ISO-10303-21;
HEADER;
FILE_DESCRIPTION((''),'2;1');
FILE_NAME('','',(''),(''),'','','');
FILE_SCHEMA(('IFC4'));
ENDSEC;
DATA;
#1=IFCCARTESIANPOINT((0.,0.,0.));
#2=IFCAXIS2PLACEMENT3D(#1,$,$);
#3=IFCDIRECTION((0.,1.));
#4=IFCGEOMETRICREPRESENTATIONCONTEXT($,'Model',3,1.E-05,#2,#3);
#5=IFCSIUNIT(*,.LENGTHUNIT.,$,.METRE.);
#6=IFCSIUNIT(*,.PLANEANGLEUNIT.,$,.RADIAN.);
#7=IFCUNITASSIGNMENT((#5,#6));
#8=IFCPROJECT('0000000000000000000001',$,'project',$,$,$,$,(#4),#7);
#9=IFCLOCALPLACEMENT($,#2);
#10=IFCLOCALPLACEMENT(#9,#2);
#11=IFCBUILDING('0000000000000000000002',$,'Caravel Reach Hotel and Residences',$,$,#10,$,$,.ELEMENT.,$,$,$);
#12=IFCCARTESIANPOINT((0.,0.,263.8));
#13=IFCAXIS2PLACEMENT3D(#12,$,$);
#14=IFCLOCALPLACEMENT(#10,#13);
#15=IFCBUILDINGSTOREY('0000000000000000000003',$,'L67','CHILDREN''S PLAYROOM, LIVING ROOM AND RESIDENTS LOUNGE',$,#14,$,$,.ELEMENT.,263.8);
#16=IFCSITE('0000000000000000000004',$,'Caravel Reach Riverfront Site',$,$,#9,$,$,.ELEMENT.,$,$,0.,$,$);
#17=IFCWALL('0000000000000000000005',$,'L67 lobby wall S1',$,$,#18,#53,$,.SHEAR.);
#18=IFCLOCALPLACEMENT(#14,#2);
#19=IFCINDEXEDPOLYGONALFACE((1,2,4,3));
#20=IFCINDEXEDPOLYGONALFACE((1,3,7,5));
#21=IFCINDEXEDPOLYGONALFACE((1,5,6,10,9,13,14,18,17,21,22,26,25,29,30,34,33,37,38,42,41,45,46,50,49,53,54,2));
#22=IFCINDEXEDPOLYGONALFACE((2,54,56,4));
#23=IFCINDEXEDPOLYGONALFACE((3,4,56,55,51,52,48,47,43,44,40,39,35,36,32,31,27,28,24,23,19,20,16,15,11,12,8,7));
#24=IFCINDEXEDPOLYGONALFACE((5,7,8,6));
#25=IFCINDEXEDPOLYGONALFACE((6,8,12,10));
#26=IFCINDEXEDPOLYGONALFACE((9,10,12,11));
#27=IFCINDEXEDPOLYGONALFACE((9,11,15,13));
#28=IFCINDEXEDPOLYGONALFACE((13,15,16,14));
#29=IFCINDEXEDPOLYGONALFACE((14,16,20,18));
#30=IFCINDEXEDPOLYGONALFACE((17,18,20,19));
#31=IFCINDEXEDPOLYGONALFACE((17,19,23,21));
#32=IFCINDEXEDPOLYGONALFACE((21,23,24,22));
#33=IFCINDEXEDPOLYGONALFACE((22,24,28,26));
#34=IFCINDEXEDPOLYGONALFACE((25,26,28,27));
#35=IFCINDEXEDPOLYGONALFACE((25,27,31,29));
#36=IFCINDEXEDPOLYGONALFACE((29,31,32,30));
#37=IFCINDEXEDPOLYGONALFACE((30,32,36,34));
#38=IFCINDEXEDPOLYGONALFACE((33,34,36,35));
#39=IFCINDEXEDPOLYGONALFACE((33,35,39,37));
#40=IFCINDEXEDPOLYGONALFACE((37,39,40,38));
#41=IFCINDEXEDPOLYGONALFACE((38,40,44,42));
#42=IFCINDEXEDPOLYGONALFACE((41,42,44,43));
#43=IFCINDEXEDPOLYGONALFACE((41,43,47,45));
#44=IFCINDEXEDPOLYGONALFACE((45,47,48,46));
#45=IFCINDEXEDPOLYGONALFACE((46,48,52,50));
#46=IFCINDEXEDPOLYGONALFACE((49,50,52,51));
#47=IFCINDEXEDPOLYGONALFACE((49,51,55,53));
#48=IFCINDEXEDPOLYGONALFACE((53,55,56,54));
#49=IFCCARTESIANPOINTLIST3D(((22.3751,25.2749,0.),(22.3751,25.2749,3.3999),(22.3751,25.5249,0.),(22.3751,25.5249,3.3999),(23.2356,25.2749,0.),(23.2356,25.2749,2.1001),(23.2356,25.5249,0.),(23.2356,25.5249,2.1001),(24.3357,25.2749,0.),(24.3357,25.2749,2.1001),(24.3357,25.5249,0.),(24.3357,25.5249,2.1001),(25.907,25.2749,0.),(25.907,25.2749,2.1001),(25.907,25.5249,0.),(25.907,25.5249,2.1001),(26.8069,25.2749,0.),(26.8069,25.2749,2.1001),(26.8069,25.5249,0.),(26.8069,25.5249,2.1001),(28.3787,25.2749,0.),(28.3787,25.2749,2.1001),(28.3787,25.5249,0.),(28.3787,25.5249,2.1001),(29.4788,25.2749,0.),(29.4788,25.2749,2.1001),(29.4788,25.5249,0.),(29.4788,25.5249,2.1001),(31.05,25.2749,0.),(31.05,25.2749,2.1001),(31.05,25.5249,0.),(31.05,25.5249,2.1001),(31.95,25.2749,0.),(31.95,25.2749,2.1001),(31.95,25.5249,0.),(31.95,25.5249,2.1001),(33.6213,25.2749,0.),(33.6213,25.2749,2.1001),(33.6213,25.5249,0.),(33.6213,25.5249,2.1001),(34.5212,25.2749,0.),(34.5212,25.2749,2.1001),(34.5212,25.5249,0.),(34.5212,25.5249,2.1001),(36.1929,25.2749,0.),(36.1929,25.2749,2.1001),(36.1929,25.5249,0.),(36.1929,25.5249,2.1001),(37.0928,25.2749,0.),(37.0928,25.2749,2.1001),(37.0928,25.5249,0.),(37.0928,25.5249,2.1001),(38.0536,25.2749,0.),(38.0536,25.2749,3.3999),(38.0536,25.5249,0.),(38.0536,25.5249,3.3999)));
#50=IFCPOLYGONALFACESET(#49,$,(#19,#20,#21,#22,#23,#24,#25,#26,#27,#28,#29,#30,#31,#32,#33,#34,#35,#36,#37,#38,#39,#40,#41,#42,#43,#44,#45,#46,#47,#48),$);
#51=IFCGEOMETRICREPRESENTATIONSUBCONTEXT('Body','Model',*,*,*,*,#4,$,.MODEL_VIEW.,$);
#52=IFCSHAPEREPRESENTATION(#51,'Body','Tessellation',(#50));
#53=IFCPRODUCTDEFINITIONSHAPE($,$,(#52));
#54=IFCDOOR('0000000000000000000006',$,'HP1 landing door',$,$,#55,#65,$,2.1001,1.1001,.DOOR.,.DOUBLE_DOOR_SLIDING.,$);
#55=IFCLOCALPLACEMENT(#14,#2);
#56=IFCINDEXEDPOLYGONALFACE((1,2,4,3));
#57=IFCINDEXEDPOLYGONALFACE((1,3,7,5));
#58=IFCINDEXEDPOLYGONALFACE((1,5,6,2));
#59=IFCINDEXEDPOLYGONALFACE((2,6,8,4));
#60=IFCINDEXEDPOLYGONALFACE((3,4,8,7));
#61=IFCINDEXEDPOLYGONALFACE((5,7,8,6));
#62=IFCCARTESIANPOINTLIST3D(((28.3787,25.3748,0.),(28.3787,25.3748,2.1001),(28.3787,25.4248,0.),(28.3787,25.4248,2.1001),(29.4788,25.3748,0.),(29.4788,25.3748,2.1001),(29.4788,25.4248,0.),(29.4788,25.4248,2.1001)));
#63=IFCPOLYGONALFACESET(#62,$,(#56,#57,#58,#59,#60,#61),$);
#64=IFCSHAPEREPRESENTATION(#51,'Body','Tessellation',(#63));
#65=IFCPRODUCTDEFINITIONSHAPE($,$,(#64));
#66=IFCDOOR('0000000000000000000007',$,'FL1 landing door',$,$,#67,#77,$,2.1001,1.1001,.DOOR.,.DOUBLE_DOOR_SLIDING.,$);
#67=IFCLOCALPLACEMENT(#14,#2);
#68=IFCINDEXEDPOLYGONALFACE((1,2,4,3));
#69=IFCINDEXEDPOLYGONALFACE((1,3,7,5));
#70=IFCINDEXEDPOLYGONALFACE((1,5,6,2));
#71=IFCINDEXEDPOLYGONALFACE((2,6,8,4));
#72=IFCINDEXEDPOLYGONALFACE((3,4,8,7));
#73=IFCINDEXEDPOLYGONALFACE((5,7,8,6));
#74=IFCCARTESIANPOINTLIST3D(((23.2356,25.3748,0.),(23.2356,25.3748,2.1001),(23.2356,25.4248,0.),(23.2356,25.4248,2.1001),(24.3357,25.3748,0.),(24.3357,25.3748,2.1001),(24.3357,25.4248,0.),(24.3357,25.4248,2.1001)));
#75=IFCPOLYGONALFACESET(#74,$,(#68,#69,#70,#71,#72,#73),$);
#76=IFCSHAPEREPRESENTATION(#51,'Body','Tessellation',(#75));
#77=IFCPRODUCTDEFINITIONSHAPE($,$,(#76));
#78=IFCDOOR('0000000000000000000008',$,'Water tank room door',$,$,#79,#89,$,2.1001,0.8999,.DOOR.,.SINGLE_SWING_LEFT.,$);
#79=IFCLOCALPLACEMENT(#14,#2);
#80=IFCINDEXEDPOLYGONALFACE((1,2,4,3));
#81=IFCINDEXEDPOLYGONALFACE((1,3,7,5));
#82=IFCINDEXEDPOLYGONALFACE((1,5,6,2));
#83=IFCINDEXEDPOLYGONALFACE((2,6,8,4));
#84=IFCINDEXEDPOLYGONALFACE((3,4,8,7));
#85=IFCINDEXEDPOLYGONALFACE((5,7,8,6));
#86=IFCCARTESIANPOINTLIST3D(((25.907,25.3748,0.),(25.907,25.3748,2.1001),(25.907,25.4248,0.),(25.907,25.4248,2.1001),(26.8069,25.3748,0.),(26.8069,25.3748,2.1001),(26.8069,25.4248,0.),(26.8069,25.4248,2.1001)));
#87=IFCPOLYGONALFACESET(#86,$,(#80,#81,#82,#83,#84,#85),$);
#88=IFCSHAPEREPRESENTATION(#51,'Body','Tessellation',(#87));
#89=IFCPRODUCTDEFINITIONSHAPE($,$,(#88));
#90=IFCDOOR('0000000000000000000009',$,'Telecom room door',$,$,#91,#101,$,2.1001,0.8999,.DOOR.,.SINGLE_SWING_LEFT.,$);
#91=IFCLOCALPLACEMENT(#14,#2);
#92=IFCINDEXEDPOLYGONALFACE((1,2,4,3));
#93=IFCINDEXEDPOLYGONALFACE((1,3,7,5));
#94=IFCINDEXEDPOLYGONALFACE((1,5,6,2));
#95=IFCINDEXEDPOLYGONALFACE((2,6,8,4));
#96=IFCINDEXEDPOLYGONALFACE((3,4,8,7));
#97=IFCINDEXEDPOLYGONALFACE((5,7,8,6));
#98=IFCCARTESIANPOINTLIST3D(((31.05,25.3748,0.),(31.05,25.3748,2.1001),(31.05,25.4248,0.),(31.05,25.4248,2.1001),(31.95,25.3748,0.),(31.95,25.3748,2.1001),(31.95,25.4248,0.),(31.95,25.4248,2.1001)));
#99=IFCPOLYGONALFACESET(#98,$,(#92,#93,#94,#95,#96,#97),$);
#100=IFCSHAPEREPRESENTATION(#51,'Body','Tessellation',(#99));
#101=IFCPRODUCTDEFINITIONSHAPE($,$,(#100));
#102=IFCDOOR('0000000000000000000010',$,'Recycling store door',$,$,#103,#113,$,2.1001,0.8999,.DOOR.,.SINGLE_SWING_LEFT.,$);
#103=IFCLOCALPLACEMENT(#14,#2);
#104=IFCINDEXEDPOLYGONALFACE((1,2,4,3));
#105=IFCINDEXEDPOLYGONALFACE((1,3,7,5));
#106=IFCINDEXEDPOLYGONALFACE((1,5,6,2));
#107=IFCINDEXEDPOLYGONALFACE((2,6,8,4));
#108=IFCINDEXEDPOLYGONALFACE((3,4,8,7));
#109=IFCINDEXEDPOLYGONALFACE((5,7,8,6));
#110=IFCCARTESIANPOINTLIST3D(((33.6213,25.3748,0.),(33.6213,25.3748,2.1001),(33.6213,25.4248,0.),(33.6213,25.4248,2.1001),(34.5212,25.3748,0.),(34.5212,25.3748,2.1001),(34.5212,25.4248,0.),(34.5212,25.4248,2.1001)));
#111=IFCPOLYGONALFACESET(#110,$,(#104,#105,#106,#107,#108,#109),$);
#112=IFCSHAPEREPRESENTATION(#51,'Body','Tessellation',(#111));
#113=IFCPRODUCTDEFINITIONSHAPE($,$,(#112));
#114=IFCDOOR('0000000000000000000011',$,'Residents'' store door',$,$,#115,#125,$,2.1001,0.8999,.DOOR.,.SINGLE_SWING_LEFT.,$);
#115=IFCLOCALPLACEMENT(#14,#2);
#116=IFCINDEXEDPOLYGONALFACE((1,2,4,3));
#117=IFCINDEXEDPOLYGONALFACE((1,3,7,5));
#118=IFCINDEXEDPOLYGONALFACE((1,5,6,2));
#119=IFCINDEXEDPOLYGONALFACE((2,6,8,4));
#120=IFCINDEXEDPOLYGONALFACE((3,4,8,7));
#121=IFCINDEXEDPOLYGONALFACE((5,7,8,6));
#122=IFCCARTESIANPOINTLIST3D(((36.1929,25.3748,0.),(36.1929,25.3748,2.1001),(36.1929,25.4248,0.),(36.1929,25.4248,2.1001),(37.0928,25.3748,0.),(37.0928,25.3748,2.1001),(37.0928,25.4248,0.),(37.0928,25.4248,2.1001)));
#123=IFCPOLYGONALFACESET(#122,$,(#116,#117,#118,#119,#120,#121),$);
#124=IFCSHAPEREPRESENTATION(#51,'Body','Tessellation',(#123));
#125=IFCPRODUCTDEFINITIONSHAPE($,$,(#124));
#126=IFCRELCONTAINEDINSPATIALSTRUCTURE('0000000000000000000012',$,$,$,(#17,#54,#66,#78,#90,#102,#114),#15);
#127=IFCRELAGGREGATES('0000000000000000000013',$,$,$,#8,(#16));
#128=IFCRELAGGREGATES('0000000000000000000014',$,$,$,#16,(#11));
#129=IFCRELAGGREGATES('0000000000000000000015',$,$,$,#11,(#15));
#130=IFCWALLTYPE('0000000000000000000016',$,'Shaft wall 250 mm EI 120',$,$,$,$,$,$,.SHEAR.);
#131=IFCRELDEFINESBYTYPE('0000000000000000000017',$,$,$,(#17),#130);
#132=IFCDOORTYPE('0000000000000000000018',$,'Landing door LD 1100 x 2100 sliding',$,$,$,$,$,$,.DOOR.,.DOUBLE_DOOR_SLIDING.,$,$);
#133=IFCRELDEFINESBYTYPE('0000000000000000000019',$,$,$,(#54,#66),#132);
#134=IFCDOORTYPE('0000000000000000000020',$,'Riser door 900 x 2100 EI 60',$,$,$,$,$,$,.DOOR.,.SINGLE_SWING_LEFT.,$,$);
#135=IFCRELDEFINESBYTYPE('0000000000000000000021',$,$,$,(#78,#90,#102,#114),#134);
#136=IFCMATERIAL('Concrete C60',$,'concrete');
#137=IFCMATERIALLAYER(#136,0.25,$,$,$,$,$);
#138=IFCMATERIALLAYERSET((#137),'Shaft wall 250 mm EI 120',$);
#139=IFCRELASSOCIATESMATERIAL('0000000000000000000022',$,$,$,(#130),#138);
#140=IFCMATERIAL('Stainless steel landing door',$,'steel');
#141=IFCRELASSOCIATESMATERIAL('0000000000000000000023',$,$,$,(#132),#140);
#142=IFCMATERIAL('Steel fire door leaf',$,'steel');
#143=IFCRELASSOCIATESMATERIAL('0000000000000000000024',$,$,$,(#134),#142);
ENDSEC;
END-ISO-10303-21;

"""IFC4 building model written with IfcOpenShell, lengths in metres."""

from ifc_helpers import new_model, si_unit, direction, frame, frame_2d, origin, place, context, subcontext, project, spatial, rectangle, extrude, material, layer, layer_set, type_object, element, fill, save


model = new_model("IFC4")

# Units and contexts
model_context = context("Model", 3, precision=1e-05, world=origin(), true_north=direction((0.0, 1.0)))
body_context = subcontext(model_context, "Body", "Model", "MODEL_VIEW")
ifc_project = project(units=[si_unit("LENGTHUNIT", "METRE"), si_unit("PLANEANGLEUNIT", "RADIAN")], contexts=[model_context])

# Site, building, storey
site_placement = place(None, origin())
site = spatial("IfcSite", under=ifc_project, at=site_placement, Name="Caravel Reach Riverfront Site", CompositionType="ELEMENT", RefElevation=0.0)
building_placement = place(site_placement, origin())
building = spatial("IfcBuilding", under=site, at=building_placement, Name="Caravel Reach Hotel and Residences", CompositionType="ELEMENT")
storey_placement = place(building_placement, frame((0.0, 0.0, 263.8)))
storey = spatial("IfcBuildingStorey", under=building, at=storey_placement, Name="L67", Description="CHILDREN'S PLAYROOM, LIVING ROOM AND RESIDENTS LOUNGE", CompositionType="ELEMENT", Elevation=263.8)

# Wall, openings, doors
ifc_material_1 = material(Name="Concrete C60", Category="concrete")
ifc_layer_1 = layer(ifc_material_1, 0.25)
ifc_layer_set_1 = layer_set([ifc_layer_1], Name="Shaft wall 250 mm EI 120")
wall_type_1 = type_object("IfcWallType", Name="Shaft wall 250 mm EI 120", PredefinedType="SHEAR", material=ifc_layer_set_1)
wall_1_placement = place(storey_placement, frame((22.375, 25.3999, 0.0), z_axis=(0.0, 0.0, 1.0), x_axis=(1.0, 0.0, 0.0)))
wall_1 = element("IfcWall", 1, at=wall_1_placement, inside=storey, type_object=wall_type_1, Name="L67 lobby wall S1", PredefinedType="SHEAR", context=body_context, shape_type="SweptSolid", body=[
    extrude(rectangle(XDim=15.6785, YDim=0.25, at=frame_2d((7.8394, 0.0))), origin(), (0.0, 0.0, 1.0), 3.3999),
])
opening_1_placement = place(wall_1_placement, frame((6.0037, 0.0, 0.0)))
opening_1 = element("IfcOpeningElement", 2, at=opening_1_placement, cuts=wall_1, PredefinedType="OPENING", context=body_context, shape_type="SweptSolid", body=[
    extrude(rectangle(XDim=1.1001, YDim=2.1001, at=frame_2d((0.55, 1.05))), frame((0.0, 0.135, 0.0), z_axis=(0.0, -1.0, 0.0), x_axis=(1.0, 0.0, 0.0)), (0.0, 0.0, 1.0), 0.27),
])
opening_2_placement = place(wall_1_placement, frame((0.8606, 0.0, 0.0)))
opening_2 = element("IfcOpeningElement", 3, at=opening_2_placement, cuts=wall_1, PredefinedType="OPENING", context=body_context, shape_type="SweptSolid", body=[
    extrude(rectangle(XDim=1.1001, YDim=2.1001, at=frame_2d((0.55, 1.05))), frame((0.0, 0.135, 0.0), z_axis=(0.0, -1.0, 0.0), x_axis=(1.0, 0.0, 0.0)), (0.0, 0.0, 1.0), 0.27),
])
opening_3_placement = place(wall_1_placement, frame((3.532, 0.0, 0.0)))
opening_3 = element("IfcOpeningElement", 4, at=opening_3_placement, cuts=wall_1, PredefinedType="OPENING", context=body_context, shape_type="SweptSolid", body=[
    extrude(rectangle(XDim=0.8999, YDim=2.1001, at=frame_2d((0.45, 1.05))), frame((0.0, 0.135, 0.0), z_axis=(0.0, -1.0, 0.0), x_axis=(1.0, 0.0, 0.0)), (0.0, 0.0, 1.0), 0.27),
])
opening_4_placement = place(wall_1_placement, frame((8.675, 0.0, 0.0)))
opening_4 = element("IfcOpeningElement", 5, at=opening_4_placement, cuts=wall_1, PredefinedType="OPENING", context=body_context, shape_type="SweptSolid", body=[
    extrude(rectangle(XDim=0.8999, YDim=2.1001, at=frame_2d((0.45, 1.05))), frame((0.0, 0.135, 0.0), z_axis=(0.0, -1.0, 0.0), x_axis=(1.0, 0.0, 0.0)), (0.0, 0.0, 1.0), 0.27),
])
opening_5_placement = place(wall_1_placement, frame((11.2463, 0.0, 0.0)))
opening_5 = element("IfcOpeningElement", 6, at=opening_5_placement, cuts=wall_1, PredefinedType="OPENING", context=body_context, shape_type="SweptSolid", body=[
    extrude(rectangle(XDim=0.8999, YDim=2.1001, at=frame_2d((0.45, 1.05))), frame((0.0, 0.135, 0.0), z_axis=(0.0, -1.0, 0.0), x_axis=(1.0, 0.0, 0.0)), (0.0, 0.0, 1.0), 0.27),
])
opening_6_placement = place(wall_1_placement, frame((13.8179, 0.0, 0.0)))
opening_6 = element("IfcOpeningElement", 7, at=opening_6_placement, cuts=wall_1, PredefinedType="OPENING", context=body_context, shape_type="SweptSolid", body=[
    extrude(rectangle(XDim=0.8999, YDim=2.1001, at=frame_2d((0.45, 1.05))), frame((0.0, 0.135, 0.0), z_axis=(0.0, -1.0, 0.0), x_axis=(1.0, 0.0, 0.0)), (0.0, 0.0, 1.0), 0.27),
])
ifc_material_2 = material(Name="Stainless steel landing door", Category="steel")
door_type_1 = type_object("IfcDoorType", Name="Landing door LD 1100 x 2100 sliding", OperationType="DOUBLE_DOOR_SLIDING", PredefinedType="DOOR", material=ifc_material_2)
door_1_placement = place(opening_1_placement, origin())
door_1 = element("IfcDoor", 8, at=door_1_placement, inside=storey, type_object=door_type_1, Name="HP1 landing door", OperationType="DOUBLE_DOOR_SLIDING", OverallHeight=2.1001, OverallWidth=1.1001, PredefinedType="DOOR", context=body_context, shape_type="SweptSolid", body=[
    extrude(rectangle(XDim=1.1001, YDim=2.1001, at=frame_2d((0.55, 1.05))), frame((0.0, 0.0249, 0.0), z_axis=(0.0, -1.0, 0.0), x_axis=(1.0, 0.0, 0.0)), (0.0, 0.0, 1.0), 0.05),
])
fill(opening_1, door_1)
door_2_placement = place(opening_2_placement, origin())
door_2 = element("IfcDoor", 9, at=door_2_placement, inside=storey, type_object=door_type_1, Name="FL1 landing door", OperationType="DOUBLE_DOOR_SLIDING", OverallHeight=2.1001, OverallWidth=1.1001, PredefinedType="DOOR", context=body_context, shape_type="SweptSolid", body=[
    extrude(rectangle(XDim=1.1001, YDim=2.1001, at=frame_2d((0.55, 1.05))), frame((0.0, 0.0249, 0.0), z_axis=(0.0, -1.0, 0.0), x_axis=(1.0, 0.0, 0.0)), (0.0, 0.0, 1.0), 0.05),
])
fill(opening_2, door_2)
ifc_material_3 = material(Name="Steel fire door leaf", Category="steel")
door_type_2 = type_object("IfcDoorType", Name="Riser door 900 x 2100 EI 60", OperationType="SINGLE_SWING_LEFT", PredefinedType="DOOR", material=ifc_material_3)
door_3_placement = place(opening_3_placement, origin())
door_3 = element("IfcDoor", 10, at=door_3_placement, inside=storey, type_object=door_type_2, Name="Water tank room door", OperationType="SINGLE_SWING_LEFT", OverallHeight=2.1001, OverallWidth=0.8999, PredefinedType="DOOR", context=body_context, shape_type="SweptSolid", body=[
    extrude(rectangle(XDim=0.8999, YDim=2.1001, at=frame_2d((0.45, 1.05))), frame((0.0, 0.0249, 0.0), z_axis=(0.0, -1.0, 0.0), x_axis=(1.0, 0.0, 0.0)), (0.0, 0.0, 1.0), 0.05),
])
fill(opening_3, door_3)
door_4_placement = place(opening_4_placement, origin())
door_4 = element("IfcDoor", 11, at=door_4_placement, inside=storey, type_object=door_type_2, Name="Telecom room door", OperationType="SINGLE_SWING_LEFT", OverallHeight=2.1001, OverallWidth=0.8999, PredefinedType="DOOR", context=body_context, shape_type="SweptSolid", body=[
    extrude(rectangle(XDim=0.8999, YDim=2.1001, at=frame_2d((0.45, 1.05))), frame((0.0, 0.0249, 0.0), z_axis=(0.0, -1.0, 0.0), x_axis=(1.0, 0.0, 0.0)), (0.0, 0.0, 1.0), 0.05),
])
fill(opening_4, door_4)
door_5_placement = place(opening_5_placement, origin())
door_5 = element("IfcDoor", 12, at=door_5_placement, inside=storey, type_object=door_type_2, Name="Recycling store door", OperationType="SINGLE_SWING_LEFT", OverallHeight=2.1001, OverallWidth=0.8999, PredefinedType="DOOR", context=body_context, shape_type="SweptSolid", body=[
    extrude(rectangle(XDim=0.8999, YDim=2.1001, at=frame_2d((0.45, 1.05))), frame((0.0, 0.0249, 0.0), z_axis=(0.0, -1.0, 0.0), x_axis=(1.0, 0.0, 0.0)), (0.0, 0.0, 1.0), 0.05),
])
fill(opening_5, door_5)
door_6_placement = place(opening_6_placement, origin())
door_6 = element("IfcDoor", 13, at=door_6_placement, inside=storey, type_object=door_type_2, Name="Residents' store door", OperationType="SINGLE_SWING_LEFT", OverallHeight=2.1001, OverallWidth=0.8999, PredefinedType="DOOR", context=body_context, shape_type="SweptSolid", body=[
    extrude(rectangle(XDim=0.8999, YDim=2.1001, at=frame_2d((0.45, 1.05))), frame((0.0, 0.0249, 0.0), z_axis=(0.0, -1.0, 0.0), x_axis=(1.0, 0.0, 0.0)), (0.0, 0.0, 1.0), 0.05),
])
fill(opening_6, door_6)

save(model, "model.ifc")
